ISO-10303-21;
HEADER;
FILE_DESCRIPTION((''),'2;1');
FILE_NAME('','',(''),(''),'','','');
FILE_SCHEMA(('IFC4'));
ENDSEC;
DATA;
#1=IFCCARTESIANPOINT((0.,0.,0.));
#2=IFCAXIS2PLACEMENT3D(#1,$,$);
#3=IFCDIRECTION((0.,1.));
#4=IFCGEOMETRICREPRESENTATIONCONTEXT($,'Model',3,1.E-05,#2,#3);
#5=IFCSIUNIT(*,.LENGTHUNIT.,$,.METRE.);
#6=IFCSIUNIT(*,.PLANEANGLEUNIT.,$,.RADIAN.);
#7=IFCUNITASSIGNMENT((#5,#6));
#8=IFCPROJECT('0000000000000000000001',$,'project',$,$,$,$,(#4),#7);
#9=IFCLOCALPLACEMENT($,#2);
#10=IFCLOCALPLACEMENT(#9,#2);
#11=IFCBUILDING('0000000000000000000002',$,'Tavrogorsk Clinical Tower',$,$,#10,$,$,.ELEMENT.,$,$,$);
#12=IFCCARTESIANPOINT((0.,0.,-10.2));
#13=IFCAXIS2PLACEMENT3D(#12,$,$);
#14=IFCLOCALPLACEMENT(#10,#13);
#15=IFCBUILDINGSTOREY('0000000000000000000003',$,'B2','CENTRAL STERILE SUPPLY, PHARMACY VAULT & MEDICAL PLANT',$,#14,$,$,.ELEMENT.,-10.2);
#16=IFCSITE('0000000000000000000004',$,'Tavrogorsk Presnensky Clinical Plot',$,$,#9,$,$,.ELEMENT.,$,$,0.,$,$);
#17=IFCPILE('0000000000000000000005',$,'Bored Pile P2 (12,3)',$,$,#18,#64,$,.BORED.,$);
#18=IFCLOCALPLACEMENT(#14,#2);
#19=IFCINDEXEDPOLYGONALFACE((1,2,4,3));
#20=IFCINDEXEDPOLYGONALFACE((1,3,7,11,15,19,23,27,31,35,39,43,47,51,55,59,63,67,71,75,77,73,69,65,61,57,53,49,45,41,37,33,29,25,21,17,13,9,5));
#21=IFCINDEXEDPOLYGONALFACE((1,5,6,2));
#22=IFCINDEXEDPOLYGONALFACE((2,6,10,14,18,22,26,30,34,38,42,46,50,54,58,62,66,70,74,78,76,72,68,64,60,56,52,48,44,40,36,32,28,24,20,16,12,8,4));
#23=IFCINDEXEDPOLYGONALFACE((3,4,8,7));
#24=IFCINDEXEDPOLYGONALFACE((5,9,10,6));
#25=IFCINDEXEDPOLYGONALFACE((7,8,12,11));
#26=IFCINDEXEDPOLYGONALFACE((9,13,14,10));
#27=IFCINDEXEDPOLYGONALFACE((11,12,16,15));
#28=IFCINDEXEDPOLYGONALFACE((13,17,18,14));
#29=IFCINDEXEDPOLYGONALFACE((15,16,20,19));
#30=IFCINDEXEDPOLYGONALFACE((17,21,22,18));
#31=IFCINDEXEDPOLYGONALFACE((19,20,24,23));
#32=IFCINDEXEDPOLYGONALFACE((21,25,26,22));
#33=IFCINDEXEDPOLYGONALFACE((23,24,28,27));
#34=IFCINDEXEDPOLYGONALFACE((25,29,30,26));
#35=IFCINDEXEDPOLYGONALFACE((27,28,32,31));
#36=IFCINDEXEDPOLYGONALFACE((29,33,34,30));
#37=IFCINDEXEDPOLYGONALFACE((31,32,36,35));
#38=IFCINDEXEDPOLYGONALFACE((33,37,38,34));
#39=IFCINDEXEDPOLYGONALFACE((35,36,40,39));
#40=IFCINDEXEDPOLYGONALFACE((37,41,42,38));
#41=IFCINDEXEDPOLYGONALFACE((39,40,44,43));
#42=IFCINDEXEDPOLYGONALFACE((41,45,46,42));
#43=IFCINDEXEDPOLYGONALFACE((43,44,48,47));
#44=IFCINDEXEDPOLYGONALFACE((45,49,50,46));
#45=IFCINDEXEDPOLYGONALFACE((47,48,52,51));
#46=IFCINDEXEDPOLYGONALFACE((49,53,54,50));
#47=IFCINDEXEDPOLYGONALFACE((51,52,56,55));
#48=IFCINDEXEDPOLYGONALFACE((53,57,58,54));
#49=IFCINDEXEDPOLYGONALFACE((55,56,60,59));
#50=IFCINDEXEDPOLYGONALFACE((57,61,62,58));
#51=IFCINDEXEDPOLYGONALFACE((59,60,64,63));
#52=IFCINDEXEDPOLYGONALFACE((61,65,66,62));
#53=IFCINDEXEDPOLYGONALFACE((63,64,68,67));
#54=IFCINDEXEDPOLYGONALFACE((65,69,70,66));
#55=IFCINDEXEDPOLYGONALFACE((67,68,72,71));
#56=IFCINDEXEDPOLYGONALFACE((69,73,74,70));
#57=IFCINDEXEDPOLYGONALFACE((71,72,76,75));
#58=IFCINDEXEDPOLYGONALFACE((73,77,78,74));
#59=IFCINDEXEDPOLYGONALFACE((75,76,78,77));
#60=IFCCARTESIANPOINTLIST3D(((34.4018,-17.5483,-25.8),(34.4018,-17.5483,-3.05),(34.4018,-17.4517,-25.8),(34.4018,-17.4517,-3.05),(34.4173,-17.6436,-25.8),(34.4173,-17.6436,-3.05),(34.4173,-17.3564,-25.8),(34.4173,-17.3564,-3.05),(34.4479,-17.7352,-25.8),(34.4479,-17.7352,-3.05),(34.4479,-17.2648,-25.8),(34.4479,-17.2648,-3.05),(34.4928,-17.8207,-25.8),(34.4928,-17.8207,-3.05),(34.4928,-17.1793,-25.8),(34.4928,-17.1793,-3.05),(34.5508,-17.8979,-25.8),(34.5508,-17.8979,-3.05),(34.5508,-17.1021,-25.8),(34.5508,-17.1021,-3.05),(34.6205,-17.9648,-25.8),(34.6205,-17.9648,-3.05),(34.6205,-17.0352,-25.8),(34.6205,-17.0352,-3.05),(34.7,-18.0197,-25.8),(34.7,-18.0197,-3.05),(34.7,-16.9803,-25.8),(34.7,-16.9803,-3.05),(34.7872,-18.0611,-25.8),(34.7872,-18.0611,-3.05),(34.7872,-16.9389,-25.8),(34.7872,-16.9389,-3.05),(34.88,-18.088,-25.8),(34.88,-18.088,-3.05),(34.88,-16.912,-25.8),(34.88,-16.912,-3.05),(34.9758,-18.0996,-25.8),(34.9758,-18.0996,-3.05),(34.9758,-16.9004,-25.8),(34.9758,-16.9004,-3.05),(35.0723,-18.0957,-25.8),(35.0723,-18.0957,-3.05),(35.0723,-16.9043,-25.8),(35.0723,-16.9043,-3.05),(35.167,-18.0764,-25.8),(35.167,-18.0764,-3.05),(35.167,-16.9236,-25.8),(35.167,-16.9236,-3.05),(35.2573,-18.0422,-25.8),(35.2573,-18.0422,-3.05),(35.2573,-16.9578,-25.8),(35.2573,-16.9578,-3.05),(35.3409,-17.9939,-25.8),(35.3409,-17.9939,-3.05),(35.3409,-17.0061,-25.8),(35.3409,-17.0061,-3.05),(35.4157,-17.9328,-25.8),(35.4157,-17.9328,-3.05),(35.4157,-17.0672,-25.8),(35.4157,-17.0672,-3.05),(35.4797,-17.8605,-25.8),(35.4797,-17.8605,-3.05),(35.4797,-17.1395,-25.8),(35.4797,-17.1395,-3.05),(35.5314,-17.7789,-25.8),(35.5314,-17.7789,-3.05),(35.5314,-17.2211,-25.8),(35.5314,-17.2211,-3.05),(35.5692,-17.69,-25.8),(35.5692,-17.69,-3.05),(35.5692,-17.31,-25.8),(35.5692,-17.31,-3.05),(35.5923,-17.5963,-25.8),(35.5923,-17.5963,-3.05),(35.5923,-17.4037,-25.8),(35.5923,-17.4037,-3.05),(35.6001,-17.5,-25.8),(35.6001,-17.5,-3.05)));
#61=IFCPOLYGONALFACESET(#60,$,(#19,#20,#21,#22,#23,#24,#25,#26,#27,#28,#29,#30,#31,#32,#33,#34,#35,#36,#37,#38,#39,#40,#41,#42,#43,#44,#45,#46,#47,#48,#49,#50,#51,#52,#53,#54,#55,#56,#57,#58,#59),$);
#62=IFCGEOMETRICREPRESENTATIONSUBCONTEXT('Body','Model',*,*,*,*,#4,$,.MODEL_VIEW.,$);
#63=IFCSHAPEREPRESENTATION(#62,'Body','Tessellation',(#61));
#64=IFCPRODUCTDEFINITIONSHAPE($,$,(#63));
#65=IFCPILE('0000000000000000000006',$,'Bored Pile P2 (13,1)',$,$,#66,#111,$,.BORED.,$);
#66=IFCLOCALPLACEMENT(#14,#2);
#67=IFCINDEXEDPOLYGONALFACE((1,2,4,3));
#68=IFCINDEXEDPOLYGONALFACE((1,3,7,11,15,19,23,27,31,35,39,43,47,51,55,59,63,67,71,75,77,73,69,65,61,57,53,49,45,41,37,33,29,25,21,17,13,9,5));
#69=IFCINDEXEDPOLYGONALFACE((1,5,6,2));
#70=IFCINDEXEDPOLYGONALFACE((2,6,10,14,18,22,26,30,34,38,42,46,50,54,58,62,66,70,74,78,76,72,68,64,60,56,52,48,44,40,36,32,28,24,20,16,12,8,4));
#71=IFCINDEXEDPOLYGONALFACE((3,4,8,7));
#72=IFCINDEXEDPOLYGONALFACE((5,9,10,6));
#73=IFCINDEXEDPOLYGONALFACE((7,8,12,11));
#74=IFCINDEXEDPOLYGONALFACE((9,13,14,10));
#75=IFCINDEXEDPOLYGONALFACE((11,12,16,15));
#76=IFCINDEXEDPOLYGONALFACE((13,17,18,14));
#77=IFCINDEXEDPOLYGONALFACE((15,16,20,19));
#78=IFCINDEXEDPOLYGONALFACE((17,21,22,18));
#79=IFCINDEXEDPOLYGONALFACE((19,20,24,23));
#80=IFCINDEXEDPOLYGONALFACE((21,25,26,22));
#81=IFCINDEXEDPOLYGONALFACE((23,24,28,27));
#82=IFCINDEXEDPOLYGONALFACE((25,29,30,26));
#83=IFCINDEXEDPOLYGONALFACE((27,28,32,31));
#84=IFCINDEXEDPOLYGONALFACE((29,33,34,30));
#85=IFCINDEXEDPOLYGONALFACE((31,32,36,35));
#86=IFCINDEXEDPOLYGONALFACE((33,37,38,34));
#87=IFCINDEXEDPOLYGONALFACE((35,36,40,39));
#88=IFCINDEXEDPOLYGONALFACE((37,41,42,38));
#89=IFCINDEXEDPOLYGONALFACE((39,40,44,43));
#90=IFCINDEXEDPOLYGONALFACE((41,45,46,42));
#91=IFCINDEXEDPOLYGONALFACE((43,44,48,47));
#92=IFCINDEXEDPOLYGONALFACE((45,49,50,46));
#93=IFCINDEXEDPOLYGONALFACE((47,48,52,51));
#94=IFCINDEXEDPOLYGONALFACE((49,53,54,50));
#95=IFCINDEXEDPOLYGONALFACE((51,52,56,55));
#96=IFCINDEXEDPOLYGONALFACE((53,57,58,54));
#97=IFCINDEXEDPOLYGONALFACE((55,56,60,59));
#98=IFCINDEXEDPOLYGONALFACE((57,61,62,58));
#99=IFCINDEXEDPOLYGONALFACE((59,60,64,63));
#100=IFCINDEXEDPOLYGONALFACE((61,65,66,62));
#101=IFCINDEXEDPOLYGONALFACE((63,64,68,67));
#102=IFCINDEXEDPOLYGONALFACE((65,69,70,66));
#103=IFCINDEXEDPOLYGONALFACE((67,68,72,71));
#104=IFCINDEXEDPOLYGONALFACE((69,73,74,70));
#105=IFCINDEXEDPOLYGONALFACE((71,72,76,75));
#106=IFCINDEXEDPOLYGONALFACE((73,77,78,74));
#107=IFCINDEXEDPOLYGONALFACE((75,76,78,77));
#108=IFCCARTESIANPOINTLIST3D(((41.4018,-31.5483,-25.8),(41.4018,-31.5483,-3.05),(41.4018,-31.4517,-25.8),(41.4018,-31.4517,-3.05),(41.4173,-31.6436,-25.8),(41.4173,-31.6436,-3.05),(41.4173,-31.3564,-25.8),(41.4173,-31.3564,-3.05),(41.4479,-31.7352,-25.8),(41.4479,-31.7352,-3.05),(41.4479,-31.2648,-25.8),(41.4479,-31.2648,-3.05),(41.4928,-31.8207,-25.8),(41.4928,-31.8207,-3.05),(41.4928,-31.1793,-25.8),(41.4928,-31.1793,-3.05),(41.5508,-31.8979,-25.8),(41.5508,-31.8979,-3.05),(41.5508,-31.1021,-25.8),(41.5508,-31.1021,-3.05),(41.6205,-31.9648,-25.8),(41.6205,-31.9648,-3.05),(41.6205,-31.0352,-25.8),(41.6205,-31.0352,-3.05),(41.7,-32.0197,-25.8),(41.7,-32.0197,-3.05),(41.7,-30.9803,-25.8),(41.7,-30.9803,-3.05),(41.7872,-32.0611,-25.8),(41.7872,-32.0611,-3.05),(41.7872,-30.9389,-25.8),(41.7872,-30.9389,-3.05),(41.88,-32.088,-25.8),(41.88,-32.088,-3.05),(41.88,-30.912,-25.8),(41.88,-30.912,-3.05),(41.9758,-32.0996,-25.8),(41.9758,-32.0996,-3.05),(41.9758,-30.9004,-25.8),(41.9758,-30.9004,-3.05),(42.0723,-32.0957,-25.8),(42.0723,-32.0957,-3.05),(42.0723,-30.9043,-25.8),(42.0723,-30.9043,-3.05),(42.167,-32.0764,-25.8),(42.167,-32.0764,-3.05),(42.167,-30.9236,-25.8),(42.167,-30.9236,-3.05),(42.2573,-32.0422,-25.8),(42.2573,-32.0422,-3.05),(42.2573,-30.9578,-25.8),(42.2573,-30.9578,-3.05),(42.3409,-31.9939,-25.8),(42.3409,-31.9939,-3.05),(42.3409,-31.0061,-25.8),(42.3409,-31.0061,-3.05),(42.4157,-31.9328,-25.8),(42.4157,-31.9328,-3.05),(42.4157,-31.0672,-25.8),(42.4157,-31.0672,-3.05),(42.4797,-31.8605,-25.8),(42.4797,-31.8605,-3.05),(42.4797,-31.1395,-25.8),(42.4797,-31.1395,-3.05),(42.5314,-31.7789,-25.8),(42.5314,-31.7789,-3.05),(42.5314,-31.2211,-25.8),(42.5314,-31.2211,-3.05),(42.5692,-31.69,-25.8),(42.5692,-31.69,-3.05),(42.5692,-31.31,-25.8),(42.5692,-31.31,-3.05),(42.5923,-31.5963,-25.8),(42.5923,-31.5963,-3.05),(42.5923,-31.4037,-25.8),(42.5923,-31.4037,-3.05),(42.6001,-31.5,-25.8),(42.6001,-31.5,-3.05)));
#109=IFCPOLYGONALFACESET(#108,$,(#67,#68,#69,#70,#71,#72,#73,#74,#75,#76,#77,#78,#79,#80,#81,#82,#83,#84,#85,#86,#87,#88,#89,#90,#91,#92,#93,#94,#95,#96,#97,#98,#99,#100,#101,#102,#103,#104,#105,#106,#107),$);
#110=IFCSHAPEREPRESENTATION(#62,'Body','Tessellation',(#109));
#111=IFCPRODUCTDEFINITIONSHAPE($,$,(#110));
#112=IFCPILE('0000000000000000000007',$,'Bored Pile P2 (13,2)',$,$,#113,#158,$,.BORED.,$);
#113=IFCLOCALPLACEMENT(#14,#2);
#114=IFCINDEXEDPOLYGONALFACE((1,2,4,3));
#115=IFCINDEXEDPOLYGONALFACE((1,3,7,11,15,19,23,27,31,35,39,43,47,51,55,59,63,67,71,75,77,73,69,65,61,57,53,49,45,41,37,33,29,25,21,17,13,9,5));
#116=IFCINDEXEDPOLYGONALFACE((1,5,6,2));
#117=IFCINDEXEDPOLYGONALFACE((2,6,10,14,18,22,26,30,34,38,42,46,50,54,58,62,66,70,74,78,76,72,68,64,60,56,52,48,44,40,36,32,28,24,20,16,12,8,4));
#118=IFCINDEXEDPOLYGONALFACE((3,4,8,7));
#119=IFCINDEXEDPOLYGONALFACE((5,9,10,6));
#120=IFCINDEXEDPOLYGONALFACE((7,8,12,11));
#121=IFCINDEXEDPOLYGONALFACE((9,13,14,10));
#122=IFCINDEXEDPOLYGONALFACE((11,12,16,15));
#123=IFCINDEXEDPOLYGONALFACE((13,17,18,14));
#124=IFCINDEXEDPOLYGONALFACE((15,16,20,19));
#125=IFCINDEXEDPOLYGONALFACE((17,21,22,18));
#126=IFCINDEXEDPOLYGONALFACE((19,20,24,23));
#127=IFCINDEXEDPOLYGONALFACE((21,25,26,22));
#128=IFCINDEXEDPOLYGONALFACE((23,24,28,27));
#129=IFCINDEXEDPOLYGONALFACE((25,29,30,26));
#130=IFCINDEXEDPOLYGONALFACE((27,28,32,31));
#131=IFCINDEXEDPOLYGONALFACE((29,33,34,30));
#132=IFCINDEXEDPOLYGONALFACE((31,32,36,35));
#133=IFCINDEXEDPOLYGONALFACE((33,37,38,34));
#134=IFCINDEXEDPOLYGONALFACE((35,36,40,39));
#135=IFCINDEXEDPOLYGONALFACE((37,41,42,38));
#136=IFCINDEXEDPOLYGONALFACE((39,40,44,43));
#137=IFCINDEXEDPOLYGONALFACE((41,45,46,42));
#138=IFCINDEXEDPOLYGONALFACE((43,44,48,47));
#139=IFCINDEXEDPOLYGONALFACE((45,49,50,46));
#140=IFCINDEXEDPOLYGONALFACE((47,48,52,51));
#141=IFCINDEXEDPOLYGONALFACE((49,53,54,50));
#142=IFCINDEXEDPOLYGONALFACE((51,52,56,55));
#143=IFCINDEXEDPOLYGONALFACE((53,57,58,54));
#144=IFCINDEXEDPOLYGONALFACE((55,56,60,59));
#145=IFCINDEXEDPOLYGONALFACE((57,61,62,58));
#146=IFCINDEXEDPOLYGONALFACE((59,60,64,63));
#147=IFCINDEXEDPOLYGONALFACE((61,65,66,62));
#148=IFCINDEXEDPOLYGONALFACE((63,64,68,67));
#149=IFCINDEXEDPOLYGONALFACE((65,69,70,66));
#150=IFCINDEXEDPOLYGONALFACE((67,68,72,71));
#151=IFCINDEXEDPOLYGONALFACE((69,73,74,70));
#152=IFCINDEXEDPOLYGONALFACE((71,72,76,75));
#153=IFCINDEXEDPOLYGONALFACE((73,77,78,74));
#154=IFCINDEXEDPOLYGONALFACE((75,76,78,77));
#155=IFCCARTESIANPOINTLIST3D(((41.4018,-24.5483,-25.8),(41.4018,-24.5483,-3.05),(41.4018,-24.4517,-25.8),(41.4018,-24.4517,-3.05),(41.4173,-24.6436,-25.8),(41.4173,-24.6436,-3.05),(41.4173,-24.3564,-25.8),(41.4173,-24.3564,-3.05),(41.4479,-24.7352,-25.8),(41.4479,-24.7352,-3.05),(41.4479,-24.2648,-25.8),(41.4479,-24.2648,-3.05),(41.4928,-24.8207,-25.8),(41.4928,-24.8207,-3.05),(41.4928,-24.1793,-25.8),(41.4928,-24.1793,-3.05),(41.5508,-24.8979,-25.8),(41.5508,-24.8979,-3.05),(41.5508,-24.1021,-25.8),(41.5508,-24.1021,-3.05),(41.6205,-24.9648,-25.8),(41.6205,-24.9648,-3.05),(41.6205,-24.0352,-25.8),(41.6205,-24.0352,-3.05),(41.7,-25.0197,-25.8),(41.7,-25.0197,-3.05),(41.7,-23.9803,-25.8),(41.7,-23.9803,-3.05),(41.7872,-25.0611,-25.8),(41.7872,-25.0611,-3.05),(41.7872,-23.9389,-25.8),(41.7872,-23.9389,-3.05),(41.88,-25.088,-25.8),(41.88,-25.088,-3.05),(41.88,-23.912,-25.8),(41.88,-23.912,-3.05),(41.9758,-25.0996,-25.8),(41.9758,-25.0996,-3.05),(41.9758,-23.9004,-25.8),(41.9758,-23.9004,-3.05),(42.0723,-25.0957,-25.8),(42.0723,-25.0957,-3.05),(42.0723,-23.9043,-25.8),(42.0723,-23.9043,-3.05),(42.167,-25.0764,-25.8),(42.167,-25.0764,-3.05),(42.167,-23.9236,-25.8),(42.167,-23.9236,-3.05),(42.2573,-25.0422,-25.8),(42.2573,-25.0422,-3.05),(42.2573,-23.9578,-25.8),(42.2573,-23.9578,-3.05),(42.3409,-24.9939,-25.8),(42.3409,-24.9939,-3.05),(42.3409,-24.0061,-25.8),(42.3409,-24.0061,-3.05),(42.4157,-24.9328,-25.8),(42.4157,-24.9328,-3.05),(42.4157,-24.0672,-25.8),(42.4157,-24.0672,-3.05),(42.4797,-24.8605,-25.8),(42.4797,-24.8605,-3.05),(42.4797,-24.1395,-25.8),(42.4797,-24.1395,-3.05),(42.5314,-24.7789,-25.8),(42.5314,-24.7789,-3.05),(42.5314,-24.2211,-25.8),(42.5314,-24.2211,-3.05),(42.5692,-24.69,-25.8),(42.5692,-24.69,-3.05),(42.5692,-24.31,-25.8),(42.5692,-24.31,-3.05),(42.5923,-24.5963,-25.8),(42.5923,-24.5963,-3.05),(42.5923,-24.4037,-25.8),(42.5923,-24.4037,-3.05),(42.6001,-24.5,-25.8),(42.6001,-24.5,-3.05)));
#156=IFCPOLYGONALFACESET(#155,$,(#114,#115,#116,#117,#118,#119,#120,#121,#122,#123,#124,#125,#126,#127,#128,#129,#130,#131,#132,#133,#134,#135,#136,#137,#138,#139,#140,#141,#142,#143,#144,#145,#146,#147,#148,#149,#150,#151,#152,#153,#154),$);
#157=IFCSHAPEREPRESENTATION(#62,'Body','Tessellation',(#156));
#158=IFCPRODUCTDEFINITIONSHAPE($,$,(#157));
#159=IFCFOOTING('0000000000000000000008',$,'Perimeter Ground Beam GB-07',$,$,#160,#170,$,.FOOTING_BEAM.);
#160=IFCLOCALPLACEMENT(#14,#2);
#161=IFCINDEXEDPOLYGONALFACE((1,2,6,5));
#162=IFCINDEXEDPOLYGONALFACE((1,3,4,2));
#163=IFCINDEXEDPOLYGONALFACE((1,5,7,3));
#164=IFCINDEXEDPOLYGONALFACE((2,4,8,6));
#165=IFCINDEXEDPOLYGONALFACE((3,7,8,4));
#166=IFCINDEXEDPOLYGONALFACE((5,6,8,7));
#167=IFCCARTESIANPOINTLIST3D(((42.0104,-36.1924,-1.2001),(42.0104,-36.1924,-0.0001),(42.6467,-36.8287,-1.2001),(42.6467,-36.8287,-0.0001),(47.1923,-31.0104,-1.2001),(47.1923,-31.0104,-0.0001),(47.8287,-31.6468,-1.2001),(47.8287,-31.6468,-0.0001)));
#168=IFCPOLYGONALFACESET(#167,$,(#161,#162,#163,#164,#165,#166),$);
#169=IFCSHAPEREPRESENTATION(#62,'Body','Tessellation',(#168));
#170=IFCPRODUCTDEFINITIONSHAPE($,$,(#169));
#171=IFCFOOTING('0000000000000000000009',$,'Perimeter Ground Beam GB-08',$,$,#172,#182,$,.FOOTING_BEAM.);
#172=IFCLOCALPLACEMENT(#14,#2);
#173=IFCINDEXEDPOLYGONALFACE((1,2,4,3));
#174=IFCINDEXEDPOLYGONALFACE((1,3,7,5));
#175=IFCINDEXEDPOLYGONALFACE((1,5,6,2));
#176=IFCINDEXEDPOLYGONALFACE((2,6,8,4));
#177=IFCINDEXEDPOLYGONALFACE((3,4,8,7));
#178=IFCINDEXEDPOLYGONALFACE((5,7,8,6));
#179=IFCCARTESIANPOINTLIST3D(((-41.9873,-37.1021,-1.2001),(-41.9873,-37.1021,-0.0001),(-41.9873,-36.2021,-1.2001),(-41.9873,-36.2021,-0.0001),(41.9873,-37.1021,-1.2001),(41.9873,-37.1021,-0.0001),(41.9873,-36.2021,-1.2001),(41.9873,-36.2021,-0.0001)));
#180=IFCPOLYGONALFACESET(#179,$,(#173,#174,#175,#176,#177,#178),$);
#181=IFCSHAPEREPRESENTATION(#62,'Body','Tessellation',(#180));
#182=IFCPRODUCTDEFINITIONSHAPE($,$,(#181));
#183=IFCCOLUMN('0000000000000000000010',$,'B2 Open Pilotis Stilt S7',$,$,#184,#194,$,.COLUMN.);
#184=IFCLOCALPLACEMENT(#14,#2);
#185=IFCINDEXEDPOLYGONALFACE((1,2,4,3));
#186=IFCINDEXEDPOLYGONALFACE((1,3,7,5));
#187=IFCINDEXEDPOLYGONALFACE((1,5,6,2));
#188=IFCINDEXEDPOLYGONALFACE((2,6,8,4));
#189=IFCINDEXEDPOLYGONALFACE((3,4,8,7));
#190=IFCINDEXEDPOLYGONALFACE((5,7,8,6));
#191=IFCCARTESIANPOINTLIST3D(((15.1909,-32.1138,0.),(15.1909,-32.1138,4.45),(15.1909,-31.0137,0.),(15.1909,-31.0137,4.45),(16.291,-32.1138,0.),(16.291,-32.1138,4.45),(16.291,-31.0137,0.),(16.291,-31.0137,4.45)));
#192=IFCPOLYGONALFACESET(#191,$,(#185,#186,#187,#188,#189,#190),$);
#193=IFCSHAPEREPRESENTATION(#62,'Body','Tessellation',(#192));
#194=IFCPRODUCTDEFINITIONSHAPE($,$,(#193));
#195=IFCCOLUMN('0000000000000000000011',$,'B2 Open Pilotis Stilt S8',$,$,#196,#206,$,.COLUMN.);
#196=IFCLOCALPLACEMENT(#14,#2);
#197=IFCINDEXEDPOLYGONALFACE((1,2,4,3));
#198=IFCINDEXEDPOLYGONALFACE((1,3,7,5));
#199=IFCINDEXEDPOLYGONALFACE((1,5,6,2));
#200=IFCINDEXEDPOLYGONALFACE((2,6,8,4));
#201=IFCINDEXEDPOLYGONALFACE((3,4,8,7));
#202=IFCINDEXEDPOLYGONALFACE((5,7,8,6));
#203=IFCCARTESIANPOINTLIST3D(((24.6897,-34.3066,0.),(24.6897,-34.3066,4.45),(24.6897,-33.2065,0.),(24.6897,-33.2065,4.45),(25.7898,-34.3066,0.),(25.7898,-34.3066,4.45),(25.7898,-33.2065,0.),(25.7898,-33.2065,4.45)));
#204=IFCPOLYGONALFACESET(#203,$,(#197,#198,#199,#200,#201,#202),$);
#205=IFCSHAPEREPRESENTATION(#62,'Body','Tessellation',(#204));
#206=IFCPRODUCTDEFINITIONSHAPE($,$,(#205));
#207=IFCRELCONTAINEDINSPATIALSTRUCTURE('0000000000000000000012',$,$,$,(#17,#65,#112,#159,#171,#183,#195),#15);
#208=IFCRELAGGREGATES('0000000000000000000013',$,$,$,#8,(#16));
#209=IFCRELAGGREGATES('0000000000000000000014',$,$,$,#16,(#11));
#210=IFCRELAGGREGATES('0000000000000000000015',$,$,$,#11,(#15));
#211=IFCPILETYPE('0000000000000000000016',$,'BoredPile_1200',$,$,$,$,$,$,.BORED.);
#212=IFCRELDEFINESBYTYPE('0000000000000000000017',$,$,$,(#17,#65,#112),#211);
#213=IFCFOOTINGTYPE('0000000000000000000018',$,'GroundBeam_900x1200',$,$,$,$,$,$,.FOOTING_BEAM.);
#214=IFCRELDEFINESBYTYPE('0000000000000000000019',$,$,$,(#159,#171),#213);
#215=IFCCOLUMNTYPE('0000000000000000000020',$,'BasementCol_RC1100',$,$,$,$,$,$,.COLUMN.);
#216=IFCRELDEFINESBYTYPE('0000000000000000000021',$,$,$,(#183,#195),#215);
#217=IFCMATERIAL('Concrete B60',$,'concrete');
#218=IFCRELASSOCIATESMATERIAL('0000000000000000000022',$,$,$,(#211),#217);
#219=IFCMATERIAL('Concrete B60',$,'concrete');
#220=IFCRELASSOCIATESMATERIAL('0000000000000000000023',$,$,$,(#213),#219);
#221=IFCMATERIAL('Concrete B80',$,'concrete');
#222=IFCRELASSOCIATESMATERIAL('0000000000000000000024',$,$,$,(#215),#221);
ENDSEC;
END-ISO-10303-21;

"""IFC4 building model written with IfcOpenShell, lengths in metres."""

from ifc_helpers import new_model, si_unit, direction, frame, origin, origin_2d, place, context, subcontext, project, spatial, rectangle, circle, extrude, material, material_profile, profile_set, type_object, element, save


model = new_model("IFC4")

# Units and contexts
model_context = context("Model", 3, precision=1e-05, world=origin(), true_north=direction((0.0, 1.0)))
body_context = subcontext(model_context, "Body", "Model", "MODEL_VIEW")
ifc_project = project(units=[si_unit("LENGTHUNIT", "METRE"), si_unit("PLANEANGLEUNIT", "RADIAN")], contexts=[model_context])

# Site, building, storey
site_placement = place(None, origin())
site = spatial("IfcSite", under=ifc_project, at=site_placement, Name="Tavrogorsk Presnensky Clinical Plot", CompositionType="ELEMENT", RefElevation=0.0)
building_placement = place(site_placement, origin())
building = spatial("IfcBuilding", under=site, at=building_placement, Name="Tavrogorsk Clinical Tower", CompositionType="ELEMENT")
storey_placement = place(building_placement, frame((0.0, 0.0, -10.2)))
storey = spatial("IfcBuildingStorey", under=building, at=storey_placement, Name="B2", Description="CENTRAL STERILE SUPPLY, PHARMACY VAULT & MEDICAL PLANT", CompositionType="ELEMENT", Elevation=-10.2)

# Piles
ifc_material_1 = material(Name="Concrete B60", Category="concrete")
ifc_material_profile_1 = material_profile(ifc_material_1, circle(Radius=0.6001, at=origin_2d()), Name="BORED-PILE-1200")
ifc_profile_set_1 = profile_set([ifc_material_profile_1], Name="Concrete B60")
pile_type = type_object("IfcPileType", Name="BoredPile_1200", PredefinedType="BORED", material=ifc_profile_set_1)
for number, where, z_axis, x_axis, name in (
    (1, (35.0, -17.5, -3.05), (0.0, 0.0, -1.0), (1.0, 0.0, 0.0), "Bored Pile P2 (12,3)"),
    (2, (42.0, -31.5, -3.05), (0.0, 0.0, -1.0), (1.0, 0.0, 0.0), "Bored Pile P2 (13,1)"),
    (3, (42.0, -24.5, -3.05), (0.0, 0.0, -1.0), (1.0, 0.0, 0.0), "Bored Pile P2 (13,2)"),
):
    element("IfcPile", number, at=place(storey_placement, frame(where, z_axis=z_axis, x_axis=x_axis)), inside=storey, type_object=pile_type, Name=name, PredefinedType="BORED", context=body_context, shape_type="SweptSolid", body=[
        extrude(circle(Radius=0.6001, at=origin_2d()), origin(), (0.0, 0.0, 1.0), 22.75),
    ])

# Footings
ifc_material_2 = material(Name="Concrete B60", Category="concrete")
ifc_material_profile_2 = material_profile(ifc_material_2, rectangle(XDim=0.8999, YDim=1.2, at=origin_2d()), Name="RC-GB-900x1200")
ifc_profile_set_2 = profile_set([ifc_material_profile_2], Name="Concrete B60")
footing_type = type_object("IfcFootingType", Name="GroundBeam_900x1200", PredefinedType="FOOTING_BEAM", material=ifc_profile_set_2)
footing_1_placement = place(storey_placement, frame((47.5105, -31.3286, -0.6001), z_axis=(-0.707107, -0.707107, 0.0), x_axis=(0.707107, -0.707107, 0.0)))
element("IfcFooting", 4, at=footing_1_placement, inside=storey, type_object=footing_type, Name="Perimeter Ground Beam GB-07", PredefinedType="FOOTING_BEAM", context=body_context, shape_type="SweptSolid", body=[
    extrude(rectangle(XDim=0.8999, YDim=1.2, at=origin_2d()), origin(), (0.0, 0.0, 1.0), 7.3284),
])
footing_2_placement = place(storey_placement, frame((41.9873, -36.6521, -0.6001), z_axis=(-1.0, 0.0, 0.0), x_axis=(0.0, -1.0, 0.0)))
element("IfcFooting", 5, at=footing_2_placement, inside=storey, type_object=footing_type, Name="Perimeter Ground Beam GB-08", PredefinedType="FOOTING_BEAM", context=body_context, shape_type="SweptSolid", body=[
    extrude(rectangle(XDim=0.8999, YDim=1.2, at=origin_2d()), origin(), (0.0, 0.0, 1.0), 83.9746),
])

# Columns
ifc_material_3 = material(Name="Concrete B80", Category="concrete")
ifc_material_profile_3 = material_profile(ifc_material_3, rectangle(XDim=1.1001, YDim=1.1001, at=origin_2d()), Name="RC-COL-1100x1100")
ifc_profile_set_3 = profile_set([ifc_material_profile_3], Name="Concrete B80")
column_type = type_object("IfcColumnType", Name="BasementCol_RC1100", PredefinedType="COLUMN", material=ifc_profile_set_3)
for number, where, z_axis, x_axis, name in (
    (6, (15.741, -31.5637, 0.0), (0.0, 0.0, 1.0), (1.0, 0.0, 0.0), "B2 Open Pilotis Stilt S7"),
    (7, (25.2397, -33.7566, 0.0), (0.0, 0.0, 1.0), (1.0, 0.0, 0.0), "B2 Open Pilotis Stilt S8"),
):
    element("IfcColumn", number, at=place(storey_placement, frame(where, z_axis=z_axis, x_axis=x_axis)), inside=storey, type_object=column_type, Name=name, PredefinedType="COLUMN", context=body_context, shape_type="SweptSolid", body=[
        extrude(rectangle(XDim=1.1001, YDim=1.1001, at=origin_2d()), origin(), (0.0, 0.0, 1.0), 4.45),
    ])

save(model, "model.ifc")
